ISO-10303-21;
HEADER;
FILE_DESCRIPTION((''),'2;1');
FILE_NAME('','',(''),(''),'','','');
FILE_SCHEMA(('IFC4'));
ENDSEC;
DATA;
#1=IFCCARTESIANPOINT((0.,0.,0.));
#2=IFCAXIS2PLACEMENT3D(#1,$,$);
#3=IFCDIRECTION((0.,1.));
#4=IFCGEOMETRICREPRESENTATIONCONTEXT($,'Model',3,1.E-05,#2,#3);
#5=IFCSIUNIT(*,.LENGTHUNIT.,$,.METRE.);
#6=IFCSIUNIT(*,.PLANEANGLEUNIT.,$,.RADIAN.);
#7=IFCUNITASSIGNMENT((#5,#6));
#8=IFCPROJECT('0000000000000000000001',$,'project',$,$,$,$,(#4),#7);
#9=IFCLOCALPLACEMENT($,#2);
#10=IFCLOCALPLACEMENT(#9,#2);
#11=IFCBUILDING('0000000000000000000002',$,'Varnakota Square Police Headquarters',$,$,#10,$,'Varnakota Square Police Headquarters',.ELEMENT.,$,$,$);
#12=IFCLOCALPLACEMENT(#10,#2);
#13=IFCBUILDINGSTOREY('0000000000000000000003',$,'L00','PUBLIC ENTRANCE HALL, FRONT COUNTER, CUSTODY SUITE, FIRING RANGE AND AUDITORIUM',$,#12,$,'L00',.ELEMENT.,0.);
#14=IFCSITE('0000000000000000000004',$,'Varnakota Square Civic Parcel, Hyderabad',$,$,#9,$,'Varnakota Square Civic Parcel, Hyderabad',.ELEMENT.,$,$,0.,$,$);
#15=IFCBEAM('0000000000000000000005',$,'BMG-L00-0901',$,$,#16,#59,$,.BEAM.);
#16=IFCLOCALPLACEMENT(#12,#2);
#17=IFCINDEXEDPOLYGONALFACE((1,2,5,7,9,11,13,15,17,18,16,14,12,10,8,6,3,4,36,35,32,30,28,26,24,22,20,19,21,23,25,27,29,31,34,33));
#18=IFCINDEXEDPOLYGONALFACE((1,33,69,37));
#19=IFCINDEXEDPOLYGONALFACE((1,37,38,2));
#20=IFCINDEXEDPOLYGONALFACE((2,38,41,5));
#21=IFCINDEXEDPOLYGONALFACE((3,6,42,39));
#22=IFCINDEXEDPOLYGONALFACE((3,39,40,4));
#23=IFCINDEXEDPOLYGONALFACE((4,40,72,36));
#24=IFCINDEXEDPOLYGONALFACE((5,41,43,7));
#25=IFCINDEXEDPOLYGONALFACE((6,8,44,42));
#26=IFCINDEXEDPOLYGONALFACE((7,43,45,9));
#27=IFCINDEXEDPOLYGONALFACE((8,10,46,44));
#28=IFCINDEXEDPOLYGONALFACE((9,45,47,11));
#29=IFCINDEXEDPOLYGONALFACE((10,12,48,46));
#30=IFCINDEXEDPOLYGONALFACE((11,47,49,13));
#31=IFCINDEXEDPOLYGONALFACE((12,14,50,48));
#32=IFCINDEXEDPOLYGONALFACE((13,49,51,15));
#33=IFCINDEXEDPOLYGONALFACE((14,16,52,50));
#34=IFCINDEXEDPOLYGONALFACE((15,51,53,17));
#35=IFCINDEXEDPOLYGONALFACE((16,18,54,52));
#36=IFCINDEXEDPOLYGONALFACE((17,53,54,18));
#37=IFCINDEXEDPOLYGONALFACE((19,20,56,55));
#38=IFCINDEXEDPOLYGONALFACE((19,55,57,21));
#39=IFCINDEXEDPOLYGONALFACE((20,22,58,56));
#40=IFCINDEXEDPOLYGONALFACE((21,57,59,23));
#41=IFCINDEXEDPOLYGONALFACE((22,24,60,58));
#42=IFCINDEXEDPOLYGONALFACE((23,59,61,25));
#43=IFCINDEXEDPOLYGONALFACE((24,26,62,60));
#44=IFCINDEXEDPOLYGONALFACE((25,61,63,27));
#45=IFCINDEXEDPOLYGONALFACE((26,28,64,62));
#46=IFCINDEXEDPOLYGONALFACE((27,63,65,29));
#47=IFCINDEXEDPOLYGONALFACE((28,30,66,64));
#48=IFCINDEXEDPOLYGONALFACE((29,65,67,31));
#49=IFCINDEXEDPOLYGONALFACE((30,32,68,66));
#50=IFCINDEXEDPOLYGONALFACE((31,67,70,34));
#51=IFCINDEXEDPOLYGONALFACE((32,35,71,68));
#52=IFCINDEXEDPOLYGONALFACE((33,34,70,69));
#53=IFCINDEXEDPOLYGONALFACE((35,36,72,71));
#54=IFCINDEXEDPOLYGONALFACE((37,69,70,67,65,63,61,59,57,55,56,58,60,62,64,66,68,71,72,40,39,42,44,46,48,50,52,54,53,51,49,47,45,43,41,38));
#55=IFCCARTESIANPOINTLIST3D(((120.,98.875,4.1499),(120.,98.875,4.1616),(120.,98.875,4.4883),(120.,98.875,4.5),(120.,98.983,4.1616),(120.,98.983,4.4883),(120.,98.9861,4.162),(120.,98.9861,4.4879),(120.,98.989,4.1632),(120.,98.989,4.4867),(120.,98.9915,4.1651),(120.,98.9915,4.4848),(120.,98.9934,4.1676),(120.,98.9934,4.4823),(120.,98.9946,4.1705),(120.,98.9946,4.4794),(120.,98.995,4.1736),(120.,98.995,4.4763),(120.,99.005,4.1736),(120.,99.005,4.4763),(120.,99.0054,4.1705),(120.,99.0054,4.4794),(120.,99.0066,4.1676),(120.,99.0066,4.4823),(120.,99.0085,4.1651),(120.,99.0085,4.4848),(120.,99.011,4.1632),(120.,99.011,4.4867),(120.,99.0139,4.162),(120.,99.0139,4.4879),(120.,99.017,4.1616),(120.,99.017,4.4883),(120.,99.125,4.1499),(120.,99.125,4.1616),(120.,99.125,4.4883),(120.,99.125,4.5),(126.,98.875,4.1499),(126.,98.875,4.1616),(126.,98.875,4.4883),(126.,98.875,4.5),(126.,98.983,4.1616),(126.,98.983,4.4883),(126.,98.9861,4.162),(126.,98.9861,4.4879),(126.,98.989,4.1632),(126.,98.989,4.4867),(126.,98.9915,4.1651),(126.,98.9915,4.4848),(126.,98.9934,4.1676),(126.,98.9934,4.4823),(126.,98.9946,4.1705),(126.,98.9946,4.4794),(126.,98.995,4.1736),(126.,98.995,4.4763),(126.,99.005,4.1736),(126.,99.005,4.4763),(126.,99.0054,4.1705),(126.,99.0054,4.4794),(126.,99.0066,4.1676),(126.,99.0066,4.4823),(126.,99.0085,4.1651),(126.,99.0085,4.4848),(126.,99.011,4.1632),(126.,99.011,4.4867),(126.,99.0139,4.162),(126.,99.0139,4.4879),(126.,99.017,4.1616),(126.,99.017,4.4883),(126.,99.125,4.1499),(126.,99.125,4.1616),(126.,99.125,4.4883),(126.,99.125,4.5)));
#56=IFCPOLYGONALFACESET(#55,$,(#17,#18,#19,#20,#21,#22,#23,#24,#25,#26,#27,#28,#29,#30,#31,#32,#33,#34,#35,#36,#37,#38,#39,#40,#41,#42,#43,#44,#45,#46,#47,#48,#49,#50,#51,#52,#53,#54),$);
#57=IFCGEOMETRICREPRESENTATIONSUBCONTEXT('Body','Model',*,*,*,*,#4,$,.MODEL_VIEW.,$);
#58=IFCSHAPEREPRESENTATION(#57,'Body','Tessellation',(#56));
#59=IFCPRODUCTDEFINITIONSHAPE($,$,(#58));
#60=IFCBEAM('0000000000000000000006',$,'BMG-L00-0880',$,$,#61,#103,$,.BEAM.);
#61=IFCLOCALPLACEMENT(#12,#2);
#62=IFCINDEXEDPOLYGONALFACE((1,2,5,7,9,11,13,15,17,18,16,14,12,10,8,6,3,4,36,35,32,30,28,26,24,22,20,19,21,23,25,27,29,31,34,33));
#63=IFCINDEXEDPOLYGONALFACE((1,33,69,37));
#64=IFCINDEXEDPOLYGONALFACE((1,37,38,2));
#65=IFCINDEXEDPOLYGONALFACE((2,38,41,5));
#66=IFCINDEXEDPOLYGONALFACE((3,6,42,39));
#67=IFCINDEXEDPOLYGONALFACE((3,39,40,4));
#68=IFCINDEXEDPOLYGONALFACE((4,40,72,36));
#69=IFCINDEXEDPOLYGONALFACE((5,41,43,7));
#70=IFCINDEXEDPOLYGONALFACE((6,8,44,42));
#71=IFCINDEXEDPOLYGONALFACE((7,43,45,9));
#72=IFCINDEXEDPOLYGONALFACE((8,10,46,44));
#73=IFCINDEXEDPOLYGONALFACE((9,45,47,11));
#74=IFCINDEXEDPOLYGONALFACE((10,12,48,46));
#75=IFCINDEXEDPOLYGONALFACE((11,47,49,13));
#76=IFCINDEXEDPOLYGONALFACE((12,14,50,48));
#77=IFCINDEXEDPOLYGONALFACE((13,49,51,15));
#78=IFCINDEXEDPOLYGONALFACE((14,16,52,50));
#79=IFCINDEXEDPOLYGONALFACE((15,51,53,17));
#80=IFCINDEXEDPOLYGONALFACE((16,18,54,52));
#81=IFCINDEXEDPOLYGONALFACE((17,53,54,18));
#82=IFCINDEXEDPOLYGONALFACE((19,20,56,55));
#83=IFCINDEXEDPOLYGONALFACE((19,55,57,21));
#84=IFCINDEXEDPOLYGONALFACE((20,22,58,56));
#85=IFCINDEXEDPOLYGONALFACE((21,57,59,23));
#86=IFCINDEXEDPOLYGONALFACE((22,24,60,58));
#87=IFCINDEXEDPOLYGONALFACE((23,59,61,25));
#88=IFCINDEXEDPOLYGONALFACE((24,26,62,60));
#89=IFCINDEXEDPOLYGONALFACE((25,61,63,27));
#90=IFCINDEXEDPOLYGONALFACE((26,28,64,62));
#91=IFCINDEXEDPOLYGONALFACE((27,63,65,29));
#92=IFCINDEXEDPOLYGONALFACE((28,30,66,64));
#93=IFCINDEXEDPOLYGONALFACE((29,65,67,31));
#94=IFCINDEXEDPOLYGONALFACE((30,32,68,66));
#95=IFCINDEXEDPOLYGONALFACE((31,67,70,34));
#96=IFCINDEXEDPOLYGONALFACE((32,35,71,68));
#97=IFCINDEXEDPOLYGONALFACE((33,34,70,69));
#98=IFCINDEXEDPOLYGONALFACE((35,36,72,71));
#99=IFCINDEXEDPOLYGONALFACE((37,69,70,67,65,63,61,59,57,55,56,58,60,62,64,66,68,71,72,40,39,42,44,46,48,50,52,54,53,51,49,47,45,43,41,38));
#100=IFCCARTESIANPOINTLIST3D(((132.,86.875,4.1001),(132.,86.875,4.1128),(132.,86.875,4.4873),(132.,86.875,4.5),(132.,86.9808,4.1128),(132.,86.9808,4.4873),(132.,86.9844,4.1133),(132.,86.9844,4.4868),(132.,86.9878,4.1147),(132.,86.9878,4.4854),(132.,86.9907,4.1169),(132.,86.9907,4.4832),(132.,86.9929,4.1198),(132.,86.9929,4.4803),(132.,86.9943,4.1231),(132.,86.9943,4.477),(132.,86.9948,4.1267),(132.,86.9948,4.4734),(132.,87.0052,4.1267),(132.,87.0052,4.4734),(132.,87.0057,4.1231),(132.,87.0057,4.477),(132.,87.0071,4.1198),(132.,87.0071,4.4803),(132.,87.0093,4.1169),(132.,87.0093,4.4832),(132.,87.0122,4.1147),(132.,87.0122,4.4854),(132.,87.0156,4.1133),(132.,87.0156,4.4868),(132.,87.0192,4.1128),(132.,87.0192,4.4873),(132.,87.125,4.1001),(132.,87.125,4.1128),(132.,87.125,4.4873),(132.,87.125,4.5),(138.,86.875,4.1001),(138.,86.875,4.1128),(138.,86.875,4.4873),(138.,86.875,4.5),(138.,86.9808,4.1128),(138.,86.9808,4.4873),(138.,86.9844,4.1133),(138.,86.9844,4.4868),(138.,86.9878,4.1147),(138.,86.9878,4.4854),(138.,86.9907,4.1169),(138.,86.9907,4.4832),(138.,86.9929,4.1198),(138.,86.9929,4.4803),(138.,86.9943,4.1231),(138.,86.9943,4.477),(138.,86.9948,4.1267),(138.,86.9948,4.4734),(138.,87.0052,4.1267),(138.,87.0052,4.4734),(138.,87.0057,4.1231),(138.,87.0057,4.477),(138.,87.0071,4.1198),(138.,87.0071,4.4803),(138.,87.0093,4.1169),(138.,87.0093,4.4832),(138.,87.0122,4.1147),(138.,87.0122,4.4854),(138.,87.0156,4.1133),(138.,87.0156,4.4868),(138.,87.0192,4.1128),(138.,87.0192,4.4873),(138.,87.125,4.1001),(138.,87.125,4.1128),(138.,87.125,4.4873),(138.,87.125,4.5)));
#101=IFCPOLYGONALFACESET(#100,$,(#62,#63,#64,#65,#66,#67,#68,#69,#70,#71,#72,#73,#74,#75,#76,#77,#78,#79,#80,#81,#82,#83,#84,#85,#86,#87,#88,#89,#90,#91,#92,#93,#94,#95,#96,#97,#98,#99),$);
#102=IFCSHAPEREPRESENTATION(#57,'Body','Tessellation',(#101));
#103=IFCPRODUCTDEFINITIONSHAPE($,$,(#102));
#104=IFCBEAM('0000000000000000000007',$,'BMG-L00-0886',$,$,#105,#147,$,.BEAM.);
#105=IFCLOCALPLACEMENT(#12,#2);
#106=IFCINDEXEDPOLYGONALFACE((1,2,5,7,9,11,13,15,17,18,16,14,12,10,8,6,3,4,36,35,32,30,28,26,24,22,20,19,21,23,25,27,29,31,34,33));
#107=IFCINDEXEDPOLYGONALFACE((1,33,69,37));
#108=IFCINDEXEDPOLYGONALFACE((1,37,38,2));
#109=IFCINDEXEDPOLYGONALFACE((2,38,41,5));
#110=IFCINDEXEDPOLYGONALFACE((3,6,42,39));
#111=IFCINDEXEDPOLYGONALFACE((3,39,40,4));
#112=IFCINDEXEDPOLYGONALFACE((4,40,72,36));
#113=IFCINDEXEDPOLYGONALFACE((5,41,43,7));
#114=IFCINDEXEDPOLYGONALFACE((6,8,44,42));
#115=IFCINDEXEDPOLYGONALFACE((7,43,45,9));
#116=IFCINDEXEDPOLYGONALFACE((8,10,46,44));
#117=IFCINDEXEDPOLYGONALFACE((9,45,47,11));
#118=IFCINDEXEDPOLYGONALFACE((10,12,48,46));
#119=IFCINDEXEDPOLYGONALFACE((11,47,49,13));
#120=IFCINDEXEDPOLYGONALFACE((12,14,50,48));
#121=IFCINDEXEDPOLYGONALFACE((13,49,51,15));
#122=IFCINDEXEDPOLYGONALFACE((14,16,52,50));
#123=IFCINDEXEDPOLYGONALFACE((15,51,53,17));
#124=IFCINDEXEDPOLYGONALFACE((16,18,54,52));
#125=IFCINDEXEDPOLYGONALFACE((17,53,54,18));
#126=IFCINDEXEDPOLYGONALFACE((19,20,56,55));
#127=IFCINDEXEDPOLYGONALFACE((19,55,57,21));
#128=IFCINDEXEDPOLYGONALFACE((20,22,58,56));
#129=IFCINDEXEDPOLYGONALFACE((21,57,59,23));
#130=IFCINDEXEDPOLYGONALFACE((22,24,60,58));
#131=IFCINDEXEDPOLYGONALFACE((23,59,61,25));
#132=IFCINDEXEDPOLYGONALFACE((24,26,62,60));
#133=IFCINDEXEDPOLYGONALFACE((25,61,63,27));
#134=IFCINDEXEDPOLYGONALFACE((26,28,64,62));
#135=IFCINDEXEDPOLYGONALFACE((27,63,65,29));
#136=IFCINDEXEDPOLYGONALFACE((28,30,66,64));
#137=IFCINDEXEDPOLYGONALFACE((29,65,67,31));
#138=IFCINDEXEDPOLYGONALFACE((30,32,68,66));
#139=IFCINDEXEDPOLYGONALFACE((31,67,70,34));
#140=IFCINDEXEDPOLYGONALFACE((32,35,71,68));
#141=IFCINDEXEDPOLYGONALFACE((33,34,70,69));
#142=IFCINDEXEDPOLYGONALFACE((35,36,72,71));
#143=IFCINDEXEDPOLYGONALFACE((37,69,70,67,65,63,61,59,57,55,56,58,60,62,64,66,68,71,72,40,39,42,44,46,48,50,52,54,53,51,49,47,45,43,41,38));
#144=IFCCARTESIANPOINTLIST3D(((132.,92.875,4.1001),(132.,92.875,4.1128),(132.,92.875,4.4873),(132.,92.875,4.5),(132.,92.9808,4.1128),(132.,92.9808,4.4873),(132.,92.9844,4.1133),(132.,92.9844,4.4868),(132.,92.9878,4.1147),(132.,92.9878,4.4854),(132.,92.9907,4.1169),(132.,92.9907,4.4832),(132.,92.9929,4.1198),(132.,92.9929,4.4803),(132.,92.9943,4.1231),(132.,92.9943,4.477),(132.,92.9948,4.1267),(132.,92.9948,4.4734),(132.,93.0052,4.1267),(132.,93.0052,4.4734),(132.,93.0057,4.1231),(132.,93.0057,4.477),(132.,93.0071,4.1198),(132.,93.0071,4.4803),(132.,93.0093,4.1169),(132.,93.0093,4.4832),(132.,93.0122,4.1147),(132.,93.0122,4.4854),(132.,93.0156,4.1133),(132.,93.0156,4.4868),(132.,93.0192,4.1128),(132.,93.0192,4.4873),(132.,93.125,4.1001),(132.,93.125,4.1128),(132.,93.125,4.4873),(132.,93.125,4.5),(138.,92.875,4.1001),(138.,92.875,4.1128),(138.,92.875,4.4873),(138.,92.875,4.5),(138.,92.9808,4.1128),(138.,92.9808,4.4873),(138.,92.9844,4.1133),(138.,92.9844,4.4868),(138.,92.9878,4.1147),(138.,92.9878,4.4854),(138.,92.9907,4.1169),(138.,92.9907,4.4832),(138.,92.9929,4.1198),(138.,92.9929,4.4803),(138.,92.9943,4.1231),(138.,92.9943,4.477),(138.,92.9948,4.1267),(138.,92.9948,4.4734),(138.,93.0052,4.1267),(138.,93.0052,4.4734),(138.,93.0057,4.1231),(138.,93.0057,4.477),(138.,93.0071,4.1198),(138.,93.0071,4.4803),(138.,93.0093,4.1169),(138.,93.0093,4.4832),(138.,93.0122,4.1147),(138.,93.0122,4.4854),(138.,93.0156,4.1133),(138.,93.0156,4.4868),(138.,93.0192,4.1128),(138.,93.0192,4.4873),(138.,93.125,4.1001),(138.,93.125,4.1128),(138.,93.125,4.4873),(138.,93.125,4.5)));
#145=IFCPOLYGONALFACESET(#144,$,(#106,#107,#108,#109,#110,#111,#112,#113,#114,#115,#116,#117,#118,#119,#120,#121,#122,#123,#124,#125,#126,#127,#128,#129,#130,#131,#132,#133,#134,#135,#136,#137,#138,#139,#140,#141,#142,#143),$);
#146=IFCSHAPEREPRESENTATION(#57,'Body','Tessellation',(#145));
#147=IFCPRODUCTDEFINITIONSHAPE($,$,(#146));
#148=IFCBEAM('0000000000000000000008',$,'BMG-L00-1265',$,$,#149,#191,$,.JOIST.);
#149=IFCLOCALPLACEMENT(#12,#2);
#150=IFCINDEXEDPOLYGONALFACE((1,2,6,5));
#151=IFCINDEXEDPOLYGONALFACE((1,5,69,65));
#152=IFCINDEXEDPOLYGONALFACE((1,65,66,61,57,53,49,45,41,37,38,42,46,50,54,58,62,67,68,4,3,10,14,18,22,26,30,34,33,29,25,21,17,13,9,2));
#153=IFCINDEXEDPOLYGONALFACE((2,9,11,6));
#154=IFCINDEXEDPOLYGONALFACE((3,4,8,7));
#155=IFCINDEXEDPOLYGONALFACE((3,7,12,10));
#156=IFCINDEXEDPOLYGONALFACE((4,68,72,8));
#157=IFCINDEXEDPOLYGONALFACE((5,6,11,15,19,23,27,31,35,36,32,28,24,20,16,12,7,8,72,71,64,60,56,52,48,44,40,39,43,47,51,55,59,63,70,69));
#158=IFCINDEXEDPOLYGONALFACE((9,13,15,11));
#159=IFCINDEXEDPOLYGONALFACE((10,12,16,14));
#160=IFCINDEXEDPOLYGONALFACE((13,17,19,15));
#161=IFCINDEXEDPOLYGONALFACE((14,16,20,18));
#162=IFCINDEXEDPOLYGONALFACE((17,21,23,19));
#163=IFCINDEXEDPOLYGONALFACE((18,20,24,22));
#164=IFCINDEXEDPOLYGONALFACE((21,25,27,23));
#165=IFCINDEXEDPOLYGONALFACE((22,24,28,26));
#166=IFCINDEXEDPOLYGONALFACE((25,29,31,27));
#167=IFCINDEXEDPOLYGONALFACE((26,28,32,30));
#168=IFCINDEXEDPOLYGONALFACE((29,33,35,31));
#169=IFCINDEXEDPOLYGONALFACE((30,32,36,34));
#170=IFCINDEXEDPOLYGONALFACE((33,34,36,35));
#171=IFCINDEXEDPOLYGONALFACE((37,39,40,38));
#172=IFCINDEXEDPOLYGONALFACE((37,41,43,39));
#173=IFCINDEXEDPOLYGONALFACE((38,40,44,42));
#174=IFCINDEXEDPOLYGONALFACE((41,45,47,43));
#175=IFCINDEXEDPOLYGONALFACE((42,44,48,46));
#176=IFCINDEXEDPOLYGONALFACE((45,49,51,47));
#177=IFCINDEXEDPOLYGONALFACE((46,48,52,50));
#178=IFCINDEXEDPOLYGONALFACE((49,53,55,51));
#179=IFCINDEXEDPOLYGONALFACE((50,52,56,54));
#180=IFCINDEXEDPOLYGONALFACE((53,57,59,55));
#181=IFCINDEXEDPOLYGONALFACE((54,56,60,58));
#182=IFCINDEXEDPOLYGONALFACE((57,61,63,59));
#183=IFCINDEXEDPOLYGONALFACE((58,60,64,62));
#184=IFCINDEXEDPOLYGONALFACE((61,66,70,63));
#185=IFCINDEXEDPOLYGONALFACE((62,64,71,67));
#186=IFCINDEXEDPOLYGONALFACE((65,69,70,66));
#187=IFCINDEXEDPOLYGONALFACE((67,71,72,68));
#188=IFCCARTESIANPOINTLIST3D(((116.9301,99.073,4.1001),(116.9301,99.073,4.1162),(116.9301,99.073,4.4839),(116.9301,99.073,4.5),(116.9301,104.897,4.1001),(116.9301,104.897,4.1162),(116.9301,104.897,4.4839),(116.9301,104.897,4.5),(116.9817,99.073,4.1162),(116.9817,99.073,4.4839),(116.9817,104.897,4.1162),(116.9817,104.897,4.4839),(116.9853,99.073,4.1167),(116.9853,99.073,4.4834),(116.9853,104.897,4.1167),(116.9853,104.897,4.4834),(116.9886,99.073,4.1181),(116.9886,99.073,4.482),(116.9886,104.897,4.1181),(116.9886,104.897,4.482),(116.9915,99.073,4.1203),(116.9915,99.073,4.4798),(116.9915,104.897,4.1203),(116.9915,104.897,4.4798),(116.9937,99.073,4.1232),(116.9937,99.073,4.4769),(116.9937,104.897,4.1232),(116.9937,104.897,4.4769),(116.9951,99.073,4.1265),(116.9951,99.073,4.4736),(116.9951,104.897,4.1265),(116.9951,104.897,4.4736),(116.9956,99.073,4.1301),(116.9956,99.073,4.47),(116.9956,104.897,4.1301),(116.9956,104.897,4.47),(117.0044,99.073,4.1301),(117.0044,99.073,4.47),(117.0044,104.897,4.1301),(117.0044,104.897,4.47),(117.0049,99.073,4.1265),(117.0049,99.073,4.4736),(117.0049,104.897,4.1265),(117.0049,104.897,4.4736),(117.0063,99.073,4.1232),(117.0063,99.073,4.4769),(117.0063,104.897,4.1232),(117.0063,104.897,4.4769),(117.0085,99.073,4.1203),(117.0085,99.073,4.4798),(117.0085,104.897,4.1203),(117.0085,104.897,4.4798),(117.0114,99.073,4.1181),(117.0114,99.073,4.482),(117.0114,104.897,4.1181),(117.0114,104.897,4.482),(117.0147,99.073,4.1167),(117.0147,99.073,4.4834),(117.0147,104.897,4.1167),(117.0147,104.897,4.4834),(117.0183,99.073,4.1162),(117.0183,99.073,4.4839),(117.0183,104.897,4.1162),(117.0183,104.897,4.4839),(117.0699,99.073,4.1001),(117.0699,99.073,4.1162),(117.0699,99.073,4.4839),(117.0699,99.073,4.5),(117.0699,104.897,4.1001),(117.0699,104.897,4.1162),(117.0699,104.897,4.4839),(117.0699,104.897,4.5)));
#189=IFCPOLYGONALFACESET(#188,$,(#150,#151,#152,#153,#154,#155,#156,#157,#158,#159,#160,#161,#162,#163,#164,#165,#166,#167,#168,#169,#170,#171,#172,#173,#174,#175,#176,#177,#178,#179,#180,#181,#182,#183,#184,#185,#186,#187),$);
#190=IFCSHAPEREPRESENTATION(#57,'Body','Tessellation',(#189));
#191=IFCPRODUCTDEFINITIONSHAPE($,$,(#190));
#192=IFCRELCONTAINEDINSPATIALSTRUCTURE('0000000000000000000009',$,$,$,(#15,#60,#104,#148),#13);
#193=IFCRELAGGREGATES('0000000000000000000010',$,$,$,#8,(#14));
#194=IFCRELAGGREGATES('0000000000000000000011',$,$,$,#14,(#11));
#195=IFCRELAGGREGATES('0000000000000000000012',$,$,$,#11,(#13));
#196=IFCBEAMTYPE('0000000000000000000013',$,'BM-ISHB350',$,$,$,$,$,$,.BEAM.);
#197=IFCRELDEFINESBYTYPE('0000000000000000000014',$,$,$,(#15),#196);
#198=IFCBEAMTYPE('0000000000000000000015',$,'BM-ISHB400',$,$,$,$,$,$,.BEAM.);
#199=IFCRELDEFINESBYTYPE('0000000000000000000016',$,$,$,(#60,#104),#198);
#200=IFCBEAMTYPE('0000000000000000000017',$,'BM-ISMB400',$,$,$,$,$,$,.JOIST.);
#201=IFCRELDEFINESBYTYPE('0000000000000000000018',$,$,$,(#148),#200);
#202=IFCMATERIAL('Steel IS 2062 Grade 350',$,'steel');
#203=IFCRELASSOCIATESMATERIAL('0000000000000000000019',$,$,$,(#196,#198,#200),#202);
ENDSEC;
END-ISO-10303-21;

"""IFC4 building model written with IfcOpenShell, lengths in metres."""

from ifc_helpers import new_model, si_unit, direction, frame, origin, origin_2d, place, context, subcontext, project, spatial, i_section, extrude, material, material_profile, profile_set, type_object, element, save


model = new_model("IFC4")

# Units and contexts
model_context = context("Model", 3, precision=1e-05, world=origin(), true_north=direction((0.0, 1.0)))
body_context = subcontext(model_context, "Body", "Model", "MODEL_VIEW")
ifc_project = project(units=[si_unit("LENGTHUNIT", "METRE"), si_unit("PLANEANGLEUNIT", "RADIAN")], contexts=[model_context])

# Site, building, storey
site_placement = place(None, origin())
site = spatial("IfcSite", under=ifc_project, at=site_placement, Name="Varnakota Square Civic Parcel, Hyderabad", LongName="Varnakota Square Civic Parcel, Hyderabad", CompositionType="ELEMENT", RefElevation=0.0)
building_placement = place(site_placement, origin())
building = spatial("IfcBuilding", under=site, at=building_placement, Name="Varnakota Square Police Headquarters", LongName="Varnakota Square Police Headquarters", CompositionType="ELEMENT")
storey_placement = place(building_placement, origin())
storey = spatial("IfcBuildingStorey", under=building, at=storey_placement, Name="L00", Description="PUBLIC ENTRANCE HALL, FRONT COUNTER, CUSTODY SUITE, FIRING RANGE AND AUDITORIUM", LongName="L00", CompositionType="ELEMENT", Elevation=0.0)

# Beams
ifc_material_1 = material(Name="Steel IS 2062 Grade 350", Category="steel")
ifc_material_profile_1 = material_profile(ifc_material_1, i_section(OverallWidth=0.25, OverallDepth=0.3501, WebThickness=0.01, FlangeThickness=0.0117, FilletRadius=0.012, at=origin_2d()), Name="ISHB 350")
ifc_profile_set_1 = profile_set([ifc_material_profile_1], Name="Steel IS 2062 Grade 350")
beam_type_1 = type_object("IfcBeamType", Name="BM-ISHB350", PredefinedType="BEAM", material=ifc_profile_set_1)
beam_1_placement = place(storey_placement, frame((120.0, 99.0, 4.325), z_axis=(1.0, 0.0, 0.0), x_axis=(0.0, 1.0, 0.0)))
element("IfcBeam", 1, at=beam_1_placement, inside=storey, type_object=beam_type_1, Name="BMG-L00-0901", PredefinedType="BEAM", context=body_context, shape_type="SweptSolid", body=[
    extrude(i_section(OverallWidth=0.25, OverallDepth=0.3501, WebThickness=0.01, FlangeThickness=0.0117, FilletRadius=0.012, at=origin_2d()), origin(), (0.0, 0.0, 1.0), 6.0),
])
ifc_material_profile_2 = material_profile(ifc_material_1, i_section(OverallWidth=0.25, OverallDepth=0.3999, WebThickness=0.0105, FlangeThickness=0.0127, FilletRadius=0.0139, at=origin_2d()), Name="ISHB 400")
ifc_profile_set_2 = profile_set([ifc_material_profile_2], Name="Steel IS 2062 Grade 350")
beam_type_2 = type_object("IfcBeamType", Name="BM-ISHB400", PredefinedType="BEAM", material=ifc_profile_set_2)
for number, where, z_axis, x_axis, name in (
    (2, (132.0, 87.0, 4.3), (1.0, 0.0, 0.0), (0.0, 1.0, 0.0), "BMG-L00-0880"),
    (3, (132.0, 93.0, 4.3), (1.0, 0.0, 0.0), (0.0, 1.0, 0.0), "BMG-L00-0886"),
):
    element("IfcBeam", number, at=place(storey_placement, frame(where, z_axis=z_axis, x_axis=x_axis)), inside=storey, type_object=beam_type_2, Name=name, PredefinedType="BEAM", context=body_context, shape_type="SweptSolid", body=[
        extrude(i_section(OverallWidth=0.25, OverallDepth=0.3999, WebThickness=0.0105, FlangeThickness=0.0127, FilletRadius=0.0139, at=origin_2d()), origin(), (0.0, 0.0, 1.0), 6.0),
    ])
ifc_material_profile_3 = material_profile(ifc_material_1, i_section(OverallWidth=0.1399, OverallDepth=0.3999, WebThickness=0.0088, FlangeThickness=0.0161, FilletRadius=0.0139, at=origin_2d()), Name="ISMB 400")
ifc_profile_set_3 = profile_set([ifc_material_profile_3], Name="Steel IS 2062 Grade 350")
beam_type_3 = type_object("IfcBeamType", Name="BM-ISMB400", PredefinedType="JOIST", material=ifc_profile_set_3)
beam_2_placement = place(storey_placement, frame((117.0, 99.073, 4.3), z_axis=(0.0, 1.0, 0.0), x_axis=(-1.0, 0.0, 0.0)))
element("IfcBeam", 4, at=beam_2_placement, inside=storey, type_object=beam_type_3, Name="BMG-L00-1265", PredefinedType="JOIST", context=body_context, shape_type="SweptSolid", body=[
    extrude(i_section(OverallWidth=0.1399, OverallDepth=0.3999, WebThickness=0.0088, FlangeThickness=0.0161, FilletRadius=0.0139, at=origin_2d()), origin(), (0.0, 0.0, 1.0), 5.824),
])

save(model, "model.ifc")
